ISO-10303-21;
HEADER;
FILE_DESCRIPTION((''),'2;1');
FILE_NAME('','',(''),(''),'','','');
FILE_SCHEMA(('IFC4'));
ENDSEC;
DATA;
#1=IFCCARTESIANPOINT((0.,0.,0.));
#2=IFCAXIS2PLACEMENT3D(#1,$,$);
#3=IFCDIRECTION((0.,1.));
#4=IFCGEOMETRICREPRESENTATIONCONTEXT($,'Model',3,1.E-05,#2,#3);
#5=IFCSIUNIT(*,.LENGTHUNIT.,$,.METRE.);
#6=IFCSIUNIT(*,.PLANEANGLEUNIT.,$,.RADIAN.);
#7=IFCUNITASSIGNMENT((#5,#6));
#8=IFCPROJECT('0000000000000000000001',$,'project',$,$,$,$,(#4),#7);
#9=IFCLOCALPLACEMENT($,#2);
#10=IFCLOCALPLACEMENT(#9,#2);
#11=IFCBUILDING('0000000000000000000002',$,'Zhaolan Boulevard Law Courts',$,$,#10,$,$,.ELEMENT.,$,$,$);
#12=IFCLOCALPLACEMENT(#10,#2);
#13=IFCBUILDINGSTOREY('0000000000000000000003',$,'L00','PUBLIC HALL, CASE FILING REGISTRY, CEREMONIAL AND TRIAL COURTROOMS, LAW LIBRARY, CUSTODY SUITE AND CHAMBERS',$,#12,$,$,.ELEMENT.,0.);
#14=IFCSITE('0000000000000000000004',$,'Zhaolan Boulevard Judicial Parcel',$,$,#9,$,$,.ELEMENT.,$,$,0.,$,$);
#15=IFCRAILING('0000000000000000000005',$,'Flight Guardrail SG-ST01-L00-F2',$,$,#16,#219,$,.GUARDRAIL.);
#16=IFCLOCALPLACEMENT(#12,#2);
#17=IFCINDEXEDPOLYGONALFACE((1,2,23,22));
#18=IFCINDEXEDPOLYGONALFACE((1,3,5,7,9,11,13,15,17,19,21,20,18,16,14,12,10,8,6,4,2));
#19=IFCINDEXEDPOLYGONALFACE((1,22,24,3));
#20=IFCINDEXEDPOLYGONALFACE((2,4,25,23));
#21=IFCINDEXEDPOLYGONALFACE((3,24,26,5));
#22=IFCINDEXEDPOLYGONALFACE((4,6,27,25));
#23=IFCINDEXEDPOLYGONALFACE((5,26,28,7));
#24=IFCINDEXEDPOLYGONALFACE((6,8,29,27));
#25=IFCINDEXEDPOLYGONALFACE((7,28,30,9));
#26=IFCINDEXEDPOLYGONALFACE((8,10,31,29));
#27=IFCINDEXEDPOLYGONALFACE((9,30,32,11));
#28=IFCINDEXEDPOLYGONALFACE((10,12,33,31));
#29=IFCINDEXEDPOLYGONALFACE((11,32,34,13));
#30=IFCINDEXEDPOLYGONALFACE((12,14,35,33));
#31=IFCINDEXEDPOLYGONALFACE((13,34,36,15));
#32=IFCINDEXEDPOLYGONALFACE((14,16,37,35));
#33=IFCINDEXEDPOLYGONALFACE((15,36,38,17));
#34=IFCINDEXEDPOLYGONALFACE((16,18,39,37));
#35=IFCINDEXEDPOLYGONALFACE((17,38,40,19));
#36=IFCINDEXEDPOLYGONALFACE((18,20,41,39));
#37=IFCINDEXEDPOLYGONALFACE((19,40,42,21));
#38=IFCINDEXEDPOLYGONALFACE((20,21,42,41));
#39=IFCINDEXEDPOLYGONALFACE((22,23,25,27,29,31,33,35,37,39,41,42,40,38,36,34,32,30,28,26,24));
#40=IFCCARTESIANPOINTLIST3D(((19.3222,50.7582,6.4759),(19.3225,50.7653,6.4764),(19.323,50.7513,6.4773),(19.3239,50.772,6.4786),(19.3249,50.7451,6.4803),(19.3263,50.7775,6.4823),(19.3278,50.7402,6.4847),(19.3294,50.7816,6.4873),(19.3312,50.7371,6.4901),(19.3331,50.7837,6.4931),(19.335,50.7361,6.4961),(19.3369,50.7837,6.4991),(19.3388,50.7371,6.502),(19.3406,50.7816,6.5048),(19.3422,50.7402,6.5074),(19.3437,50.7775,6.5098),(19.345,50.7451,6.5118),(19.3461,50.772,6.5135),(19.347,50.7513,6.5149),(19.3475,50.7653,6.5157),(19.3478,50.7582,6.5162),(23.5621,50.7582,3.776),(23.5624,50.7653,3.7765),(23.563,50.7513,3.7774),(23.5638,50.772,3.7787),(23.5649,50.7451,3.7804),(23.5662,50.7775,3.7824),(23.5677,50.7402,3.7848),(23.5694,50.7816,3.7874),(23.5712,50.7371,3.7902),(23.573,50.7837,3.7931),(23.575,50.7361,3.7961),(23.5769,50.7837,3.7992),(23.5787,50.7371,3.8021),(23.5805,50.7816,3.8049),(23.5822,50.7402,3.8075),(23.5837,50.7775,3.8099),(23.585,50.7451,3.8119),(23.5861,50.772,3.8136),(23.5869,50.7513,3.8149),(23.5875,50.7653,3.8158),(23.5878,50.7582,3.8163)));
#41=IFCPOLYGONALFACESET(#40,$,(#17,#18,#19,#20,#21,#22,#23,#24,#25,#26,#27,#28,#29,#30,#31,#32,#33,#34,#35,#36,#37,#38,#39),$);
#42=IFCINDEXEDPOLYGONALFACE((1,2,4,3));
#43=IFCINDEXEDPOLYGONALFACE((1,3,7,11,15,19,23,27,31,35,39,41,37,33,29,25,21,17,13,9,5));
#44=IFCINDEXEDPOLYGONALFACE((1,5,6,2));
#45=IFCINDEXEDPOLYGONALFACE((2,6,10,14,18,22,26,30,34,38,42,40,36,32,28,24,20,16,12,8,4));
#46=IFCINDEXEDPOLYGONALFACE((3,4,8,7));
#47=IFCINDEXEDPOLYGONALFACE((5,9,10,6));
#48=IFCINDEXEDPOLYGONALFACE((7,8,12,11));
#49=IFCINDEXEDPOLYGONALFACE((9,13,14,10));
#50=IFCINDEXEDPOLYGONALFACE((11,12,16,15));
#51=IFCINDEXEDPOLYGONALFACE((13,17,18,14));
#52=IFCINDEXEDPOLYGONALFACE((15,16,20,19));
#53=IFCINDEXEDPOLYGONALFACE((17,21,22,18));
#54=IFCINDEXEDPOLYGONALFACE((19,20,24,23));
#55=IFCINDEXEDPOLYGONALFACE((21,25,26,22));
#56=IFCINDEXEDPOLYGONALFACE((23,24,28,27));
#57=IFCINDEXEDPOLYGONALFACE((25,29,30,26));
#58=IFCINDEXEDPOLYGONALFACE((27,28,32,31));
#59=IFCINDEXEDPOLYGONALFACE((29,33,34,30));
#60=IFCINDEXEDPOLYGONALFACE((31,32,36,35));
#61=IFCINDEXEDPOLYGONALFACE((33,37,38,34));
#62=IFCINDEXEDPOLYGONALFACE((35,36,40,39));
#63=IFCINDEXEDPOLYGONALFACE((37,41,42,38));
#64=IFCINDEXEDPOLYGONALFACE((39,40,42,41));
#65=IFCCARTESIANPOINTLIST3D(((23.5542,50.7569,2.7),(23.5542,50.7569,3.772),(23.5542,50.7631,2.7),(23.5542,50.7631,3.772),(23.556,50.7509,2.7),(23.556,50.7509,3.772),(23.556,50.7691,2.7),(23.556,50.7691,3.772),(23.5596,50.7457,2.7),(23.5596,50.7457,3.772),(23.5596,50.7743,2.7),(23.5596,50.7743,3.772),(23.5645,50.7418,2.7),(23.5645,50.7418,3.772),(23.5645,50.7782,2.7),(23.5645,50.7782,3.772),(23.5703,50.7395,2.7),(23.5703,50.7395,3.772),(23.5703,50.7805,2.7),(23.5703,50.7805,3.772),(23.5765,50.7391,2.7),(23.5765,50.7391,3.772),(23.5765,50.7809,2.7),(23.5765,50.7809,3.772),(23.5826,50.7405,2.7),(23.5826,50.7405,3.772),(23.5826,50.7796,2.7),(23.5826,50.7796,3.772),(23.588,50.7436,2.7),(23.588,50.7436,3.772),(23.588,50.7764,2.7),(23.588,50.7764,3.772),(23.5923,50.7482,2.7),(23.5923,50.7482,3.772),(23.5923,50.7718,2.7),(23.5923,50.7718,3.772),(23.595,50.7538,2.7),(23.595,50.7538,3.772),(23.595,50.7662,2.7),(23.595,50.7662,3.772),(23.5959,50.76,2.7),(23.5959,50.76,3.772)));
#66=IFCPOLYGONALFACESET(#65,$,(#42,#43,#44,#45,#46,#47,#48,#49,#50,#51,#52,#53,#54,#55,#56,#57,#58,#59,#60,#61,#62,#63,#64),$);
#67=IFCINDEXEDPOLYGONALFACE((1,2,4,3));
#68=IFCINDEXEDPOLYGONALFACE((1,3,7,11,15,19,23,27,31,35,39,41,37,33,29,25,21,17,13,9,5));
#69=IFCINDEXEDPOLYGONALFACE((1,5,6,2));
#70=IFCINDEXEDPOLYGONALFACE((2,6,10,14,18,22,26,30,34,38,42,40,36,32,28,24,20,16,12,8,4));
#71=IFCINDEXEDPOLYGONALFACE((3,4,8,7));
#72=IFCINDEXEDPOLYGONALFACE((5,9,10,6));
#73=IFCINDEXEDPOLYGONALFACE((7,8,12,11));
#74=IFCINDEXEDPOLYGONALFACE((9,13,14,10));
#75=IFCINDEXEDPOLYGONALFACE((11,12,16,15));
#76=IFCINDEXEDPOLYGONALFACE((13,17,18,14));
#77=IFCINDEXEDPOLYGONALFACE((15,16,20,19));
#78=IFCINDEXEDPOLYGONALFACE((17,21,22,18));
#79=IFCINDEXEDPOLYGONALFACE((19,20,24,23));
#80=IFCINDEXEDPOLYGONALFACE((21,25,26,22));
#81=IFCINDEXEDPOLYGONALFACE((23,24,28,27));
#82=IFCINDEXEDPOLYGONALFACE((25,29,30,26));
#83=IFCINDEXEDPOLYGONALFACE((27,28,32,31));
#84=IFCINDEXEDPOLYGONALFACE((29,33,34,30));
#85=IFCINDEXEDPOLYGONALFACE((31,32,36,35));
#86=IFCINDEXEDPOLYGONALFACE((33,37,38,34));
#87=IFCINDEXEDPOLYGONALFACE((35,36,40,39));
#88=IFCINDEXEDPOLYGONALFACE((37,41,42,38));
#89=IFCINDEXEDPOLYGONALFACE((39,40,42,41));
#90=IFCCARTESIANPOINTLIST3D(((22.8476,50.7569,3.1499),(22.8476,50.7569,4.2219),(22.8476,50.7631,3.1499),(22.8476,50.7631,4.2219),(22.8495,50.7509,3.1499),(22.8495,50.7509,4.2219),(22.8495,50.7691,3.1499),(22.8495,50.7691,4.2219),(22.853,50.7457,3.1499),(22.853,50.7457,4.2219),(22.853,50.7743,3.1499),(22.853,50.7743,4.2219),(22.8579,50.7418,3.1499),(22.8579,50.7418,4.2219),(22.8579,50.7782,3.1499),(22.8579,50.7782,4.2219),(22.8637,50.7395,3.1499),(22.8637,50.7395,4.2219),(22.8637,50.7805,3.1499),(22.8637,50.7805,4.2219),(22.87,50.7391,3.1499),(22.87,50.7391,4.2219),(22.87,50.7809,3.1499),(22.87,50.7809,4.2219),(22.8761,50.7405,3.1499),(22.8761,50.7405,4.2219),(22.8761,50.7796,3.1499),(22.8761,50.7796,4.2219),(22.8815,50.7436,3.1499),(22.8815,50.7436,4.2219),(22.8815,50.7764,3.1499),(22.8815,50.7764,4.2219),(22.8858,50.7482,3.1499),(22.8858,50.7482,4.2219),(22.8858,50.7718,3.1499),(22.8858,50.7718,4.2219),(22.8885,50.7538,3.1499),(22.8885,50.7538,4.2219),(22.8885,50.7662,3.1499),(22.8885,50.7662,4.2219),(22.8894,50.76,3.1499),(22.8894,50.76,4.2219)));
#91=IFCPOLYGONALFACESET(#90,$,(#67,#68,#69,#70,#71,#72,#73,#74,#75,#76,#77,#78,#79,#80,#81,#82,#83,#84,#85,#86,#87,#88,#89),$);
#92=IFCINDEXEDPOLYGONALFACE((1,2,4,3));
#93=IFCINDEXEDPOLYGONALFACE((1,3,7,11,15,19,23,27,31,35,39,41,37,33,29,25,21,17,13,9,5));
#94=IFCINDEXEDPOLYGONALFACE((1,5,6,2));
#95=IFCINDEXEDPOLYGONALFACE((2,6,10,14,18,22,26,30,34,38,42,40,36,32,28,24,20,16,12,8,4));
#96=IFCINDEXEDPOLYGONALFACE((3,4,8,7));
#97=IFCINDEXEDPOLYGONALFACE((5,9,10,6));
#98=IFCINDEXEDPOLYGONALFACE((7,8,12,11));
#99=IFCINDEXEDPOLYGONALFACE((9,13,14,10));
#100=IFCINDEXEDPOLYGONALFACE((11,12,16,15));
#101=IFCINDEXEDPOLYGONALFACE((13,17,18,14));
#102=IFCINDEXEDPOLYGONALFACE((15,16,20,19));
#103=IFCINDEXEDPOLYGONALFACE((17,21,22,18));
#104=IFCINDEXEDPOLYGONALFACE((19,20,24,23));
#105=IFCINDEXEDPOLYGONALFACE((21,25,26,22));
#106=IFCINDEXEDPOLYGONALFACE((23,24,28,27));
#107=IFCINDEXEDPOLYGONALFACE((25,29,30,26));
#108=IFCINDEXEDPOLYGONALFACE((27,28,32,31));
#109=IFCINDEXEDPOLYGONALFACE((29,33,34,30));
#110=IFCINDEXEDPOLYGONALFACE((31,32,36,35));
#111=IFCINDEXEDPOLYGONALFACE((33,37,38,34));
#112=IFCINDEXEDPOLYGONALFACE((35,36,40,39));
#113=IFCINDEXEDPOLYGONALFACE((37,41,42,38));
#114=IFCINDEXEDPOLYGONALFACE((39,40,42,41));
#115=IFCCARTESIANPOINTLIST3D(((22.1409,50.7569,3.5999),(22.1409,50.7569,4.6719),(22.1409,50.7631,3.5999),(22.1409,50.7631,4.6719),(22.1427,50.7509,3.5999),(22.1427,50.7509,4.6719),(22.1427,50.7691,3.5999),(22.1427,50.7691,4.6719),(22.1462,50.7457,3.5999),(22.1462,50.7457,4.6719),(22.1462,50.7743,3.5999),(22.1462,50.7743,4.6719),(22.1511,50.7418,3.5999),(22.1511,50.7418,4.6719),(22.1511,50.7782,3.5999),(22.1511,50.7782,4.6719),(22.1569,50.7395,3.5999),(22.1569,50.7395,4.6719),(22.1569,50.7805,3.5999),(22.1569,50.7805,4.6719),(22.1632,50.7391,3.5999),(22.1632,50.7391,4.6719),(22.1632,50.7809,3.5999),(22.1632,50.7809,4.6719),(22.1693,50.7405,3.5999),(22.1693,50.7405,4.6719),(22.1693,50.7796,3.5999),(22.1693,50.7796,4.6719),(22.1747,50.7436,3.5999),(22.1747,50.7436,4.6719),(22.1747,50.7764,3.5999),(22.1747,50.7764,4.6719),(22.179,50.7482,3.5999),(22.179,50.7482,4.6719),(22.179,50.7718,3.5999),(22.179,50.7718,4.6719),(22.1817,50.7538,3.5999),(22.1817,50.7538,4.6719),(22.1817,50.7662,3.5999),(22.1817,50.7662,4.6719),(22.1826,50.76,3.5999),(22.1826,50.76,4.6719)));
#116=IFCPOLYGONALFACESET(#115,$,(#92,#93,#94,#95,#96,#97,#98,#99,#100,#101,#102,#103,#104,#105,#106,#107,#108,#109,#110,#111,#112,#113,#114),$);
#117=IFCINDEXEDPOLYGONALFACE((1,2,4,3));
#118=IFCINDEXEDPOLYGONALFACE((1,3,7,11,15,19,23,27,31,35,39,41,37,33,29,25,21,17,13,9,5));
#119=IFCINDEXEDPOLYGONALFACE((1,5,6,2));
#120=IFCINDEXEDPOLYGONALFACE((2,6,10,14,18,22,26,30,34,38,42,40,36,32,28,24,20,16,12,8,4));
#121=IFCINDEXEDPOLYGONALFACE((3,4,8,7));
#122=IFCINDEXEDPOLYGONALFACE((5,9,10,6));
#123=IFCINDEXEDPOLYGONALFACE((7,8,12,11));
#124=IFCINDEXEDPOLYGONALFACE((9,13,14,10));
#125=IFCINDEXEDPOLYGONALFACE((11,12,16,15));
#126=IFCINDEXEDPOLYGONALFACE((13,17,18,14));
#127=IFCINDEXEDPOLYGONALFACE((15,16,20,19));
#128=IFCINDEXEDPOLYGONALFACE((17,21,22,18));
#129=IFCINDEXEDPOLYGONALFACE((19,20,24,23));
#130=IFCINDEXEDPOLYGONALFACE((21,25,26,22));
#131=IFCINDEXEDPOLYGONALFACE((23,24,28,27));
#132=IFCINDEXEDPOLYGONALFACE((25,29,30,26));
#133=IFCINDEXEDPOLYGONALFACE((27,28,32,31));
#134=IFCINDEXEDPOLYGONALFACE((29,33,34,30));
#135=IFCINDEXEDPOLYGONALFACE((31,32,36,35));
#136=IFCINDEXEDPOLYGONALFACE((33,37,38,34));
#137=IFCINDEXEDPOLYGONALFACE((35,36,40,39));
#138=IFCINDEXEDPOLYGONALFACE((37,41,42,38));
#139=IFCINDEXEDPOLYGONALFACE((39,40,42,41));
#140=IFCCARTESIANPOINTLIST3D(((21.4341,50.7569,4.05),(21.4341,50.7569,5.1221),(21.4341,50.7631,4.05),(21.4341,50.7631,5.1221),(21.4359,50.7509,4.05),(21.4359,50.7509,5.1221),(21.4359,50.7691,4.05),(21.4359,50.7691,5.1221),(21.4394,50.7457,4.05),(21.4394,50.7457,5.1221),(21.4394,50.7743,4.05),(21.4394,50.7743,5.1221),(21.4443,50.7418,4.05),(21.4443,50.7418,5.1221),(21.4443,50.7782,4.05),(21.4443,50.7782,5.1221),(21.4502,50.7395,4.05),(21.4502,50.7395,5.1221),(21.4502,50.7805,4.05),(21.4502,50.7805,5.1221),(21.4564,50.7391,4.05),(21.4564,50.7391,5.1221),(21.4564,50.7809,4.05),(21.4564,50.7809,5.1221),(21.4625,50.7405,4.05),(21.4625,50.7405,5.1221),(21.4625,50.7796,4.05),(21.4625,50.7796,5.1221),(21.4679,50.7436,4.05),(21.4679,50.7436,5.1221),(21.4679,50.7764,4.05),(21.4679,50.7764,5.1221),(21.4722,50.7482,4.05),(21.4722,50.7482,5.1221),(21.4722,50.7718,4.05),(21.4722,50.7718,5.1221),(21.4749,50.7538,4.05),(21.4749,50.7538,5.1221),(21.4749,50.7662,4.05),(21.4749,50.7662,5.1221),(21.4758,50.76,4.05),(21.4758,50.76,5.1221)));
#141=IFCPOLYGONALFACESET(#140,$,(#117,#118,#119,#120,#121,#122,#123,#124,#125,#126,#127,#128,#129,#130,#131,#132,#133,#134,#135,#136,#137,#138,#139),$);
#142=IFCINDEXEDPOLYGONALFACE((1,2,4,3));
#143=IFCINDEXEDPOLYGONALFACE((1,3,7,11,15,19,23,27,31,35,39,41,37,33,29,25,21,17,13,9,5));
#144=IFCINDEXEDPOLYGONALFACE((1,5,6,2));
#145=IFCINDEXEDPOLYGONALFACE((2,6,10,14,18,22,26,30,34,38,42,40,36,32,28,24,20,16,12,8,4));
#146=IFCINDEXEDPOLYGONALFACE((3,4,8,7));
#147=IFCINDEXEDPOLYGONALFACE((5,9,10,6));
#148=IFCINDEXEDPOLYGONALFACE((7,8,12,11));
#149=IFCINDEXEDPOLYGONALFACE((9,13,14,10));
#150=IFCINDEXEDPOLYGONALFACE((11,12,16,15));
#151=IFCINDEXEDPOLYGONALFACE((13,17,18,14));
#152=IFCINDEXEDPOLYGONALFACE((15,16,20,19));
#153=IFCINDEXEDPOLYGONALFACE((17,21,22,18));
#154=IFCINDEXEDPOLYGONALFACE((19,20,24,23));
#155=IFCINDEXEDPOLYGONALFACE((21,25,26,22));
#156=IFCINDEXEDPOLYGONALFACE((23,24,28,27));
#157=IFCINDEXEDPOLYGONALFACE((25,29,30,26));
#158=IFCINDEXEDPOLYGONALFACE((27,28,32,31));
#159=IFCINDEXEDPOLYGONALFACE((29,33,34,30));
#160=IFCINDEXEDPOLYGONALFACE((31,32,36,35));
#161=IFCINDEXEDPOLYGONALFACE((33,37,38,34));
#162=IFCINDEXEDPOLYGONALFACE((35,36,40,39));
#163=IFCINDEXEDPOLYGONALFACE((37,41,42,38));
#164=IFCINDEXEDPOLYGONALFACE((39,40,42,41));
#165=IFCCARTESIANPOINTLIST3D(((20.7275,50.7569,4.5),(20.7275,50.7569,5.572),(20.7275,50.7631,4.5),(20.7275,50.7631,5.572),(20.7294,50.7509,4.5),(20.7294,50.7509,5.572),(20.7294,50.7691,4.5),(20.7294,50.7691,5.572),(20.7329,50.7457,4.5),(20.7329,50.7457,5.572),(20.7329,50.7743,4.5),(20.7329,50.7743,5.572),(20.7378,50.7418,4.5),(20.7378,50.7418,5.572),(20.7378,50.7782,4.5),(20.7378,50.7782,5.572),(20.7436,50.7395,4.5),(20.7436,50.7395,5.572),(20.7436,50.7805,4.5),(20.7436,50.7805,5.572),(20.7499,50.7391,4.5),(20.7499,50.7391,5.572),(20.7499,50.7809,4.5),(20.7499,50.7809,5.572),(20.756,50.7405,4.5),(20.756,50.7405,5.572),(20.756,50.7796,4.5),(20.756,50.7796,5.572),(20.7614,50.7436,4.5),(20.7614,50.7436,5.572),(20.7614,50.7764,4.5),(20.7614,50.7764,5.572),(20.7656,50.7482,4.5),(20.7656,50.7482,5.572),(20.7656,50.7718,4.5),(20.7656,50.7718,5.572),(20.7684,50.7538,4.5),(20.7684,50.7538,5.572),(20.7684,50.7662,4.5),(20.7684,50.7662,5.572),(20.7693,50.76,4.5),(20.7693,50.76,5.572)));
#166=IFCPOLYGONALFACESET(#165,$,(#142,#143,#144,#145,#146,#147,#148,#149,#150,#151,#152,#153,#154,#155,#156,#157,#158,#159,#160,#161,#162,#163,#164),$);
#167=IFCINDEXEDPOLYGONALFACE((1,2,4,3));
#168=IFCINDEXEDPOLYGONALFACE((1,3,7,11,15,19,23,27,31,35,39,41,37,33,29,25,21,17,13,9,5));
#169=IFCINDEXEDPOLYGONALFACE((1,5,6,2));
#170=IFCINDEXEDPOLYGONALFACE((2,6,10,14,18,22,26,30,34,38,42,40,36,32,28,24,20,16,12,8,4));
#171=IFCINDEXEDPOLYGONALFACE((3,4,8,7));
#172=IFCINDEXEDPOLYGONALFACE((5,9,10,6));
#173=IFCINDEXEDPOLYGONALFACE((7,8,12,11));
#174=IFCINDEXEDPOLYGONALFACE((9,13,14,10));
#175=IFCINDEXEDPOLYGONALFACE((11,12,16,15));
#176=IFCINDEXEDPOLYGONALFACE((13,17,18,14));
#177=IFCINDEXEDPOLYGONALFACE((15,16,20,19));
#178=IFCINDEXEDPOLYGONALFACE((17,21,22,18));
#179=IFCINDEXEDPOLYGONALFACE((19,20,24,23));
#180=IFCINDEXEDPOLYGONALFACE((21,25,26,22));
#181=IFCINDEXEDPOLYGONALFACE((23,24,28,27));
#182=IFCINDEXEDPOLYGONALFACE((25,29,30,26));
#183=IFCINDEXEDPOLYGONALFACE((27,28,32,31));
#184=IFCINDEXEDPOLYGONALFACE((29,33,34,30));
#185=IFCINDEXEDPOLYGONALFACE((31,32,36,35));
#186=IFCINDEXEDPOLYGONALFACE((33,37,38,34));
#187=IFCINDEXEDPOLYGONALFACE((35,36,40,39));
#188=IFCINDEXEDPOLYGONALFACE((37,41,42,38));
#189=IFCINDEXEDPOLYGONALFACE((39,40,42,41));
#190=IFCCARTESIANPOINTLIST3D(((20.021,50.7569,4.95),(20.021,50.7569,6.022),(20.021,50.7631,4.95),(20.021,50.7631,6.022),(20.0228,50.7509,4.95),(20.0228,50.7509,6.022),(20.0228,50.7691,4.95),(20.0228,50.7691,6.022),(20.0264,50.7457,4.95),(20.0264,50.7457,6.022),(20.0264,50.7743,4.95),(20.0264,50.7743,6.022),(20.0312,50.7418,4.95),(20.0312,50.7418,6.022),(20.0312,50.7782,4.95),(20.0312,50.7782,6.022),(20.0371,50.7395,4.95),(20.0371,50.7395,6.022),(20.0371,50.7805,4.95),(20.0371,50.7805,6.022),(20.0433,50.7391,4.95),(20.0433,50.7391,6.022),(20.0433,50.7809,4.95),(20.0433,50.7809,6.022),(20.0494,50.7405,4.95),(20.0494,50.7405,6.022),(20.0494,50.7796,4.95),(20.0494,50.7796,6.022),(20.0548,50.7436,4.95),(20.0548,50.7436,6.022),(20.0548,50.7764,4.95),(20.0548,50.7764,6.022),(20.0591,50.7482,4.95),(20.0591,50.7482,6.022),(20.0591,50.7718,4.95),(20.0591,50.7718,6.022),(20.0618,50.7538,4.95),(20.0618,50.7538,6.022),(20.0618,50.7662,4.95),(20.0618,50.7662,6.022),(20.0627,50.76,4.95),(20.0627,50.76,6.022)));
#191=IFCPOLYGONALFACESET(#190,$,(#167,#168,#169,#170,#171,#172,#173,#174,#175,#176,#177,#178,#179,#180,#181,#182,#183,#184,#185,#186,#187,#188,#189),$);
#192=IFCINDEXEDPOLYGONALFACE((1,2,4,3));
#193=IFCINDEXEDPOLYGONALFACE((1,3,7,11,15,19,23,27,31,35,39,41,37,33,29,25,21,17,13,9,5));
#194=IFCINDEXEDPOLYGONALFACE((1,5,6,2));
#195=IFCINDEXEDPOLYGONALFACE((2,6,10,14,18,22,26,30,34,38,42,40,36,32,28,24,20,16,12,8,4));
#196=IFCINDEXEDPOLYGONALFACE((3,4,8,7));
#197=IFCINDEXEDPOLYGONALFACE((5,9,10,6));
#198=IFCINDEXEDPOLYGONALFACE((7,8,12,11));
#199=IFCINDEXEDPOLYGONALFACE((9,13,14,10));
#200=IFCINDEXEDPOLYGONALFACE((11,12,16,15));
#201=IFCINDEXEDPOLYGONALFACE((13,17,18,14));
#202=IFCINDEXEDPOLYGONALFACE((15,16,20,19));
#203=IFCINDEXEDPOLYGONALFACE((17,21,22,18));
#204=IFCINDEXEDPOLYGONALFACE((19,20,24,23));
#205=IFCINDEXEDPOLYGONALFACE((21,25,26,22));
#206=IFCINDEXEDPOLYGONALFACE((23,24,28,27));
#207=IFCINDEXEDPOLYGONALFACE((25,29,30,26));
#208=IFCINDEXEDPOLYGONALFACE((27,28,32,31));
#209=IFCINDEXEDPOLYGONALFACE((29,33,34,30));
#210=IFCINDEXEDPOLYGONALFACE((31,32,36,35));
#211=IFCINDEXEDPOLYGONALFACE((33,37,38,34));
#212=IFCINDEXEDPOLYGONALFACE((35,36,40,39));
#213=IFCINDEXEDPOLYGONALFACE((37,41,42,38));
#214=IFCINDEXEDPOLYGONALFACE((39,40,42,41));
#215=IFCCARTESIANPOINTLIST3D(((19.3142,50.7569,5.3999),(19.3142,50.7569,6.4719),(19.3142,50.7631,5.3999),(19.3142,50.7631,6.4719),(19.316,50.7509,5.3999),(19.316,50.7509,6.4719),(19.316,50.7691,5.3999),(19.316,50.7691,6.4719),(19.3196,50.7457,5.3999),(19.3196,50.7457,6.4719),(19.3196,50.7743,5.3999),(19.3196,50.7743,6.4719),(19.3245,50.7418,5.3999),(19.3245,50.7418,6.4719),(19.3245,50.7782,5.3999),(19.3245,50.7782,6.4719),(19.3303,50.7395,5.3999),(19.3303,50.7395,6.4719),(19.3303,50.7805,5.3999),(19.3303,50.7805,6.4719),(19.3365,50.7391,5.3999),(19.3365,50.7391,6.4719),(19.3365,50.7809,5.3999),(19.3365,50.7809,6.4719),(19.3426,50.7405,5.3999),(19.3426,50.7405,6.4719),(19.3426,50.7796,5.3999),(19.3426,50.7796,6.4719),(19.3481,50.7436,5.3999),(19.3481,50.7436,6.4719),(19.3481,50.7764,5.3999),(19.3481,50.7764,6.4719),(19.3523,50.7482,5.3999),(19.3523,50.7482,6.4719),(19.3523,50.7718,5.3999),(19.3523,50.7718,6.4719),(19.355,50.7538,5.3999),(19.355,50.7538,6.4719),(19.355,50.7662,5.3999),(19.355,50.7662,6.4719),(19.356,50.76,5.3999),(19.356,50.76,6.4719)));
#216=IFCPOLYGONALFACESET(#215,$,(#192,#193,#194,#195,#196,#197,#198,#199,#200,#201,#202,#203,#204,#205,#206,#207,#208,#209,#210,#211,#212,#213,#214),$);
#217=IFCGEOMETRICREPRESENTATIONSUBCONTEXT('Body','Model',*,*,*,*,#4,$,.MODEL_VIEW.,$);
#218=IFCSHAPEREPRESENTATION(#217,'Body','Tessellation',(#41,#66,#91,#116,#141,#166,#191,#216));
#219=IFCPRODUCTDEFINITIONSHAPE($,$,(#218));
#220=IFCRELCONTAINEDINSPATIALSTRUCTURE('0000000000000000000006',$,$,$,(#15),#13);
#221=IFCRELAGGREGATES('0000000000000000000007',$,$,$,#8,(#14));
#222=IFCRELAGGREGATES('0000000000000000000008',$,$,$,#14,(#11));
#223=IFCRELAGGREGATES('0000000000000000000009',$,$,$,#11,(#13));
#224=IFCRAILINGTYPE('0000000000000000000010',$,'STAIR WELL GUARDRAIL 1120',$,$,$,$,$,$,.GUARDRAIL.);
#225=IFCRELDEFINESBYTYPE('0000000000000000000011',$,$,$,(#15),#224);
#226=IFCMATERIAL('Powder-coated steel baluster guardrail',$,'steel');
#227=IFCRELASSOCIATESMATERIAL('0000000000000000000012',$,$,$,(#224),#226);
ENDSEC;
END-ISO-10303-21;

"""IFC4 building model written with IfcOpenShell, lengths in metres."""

from ifc_helpers import new_model, si_unit, direction, frame, origin, origin_2d, place, context, subcontext, project, spatial, circle, extrude, material, type_object, element, save


model = new_model("IFC4")

# Units and contexts
model_context = context("Model", 3, precision=1e-05, world=origin(), true_north=direction((0.0, 1.0)))
body_context = subcontext(model_context, "Body", "Model", "MODEL_VIEW")
ifc_project = project(units=[si_unit("LENGTHUNIT", "METRE"), si_unit("PLANEANGLEUNIT", "RADIAN")], contexts=[model_context])

# Site, building, storey
site_placement = place(None, origin())
site = spatial("IfcSite", under=ifc_project, at=site_placement, Name="Zhaolan Boulevard Judicial Parcel", CompositionType="ELEMENT", RefElevation=0.0)
building_placement = place(site_placement, origin())
building = spatial("IfcBuilding", under=site, at=building_placement, Name="Zhaolan Boulevard Law Courts", CompositionType="ELEMENT")
storey_placement = place(building_placement, origin())
storey = spatial("IfcBuildingStorey", under=building, at=storey_placement, Name="L00", Description="PUBLIC HALL, CASE FILING REGISTRY, CEREMONIAL AND TRIAL COURTROOMS, LAW LIBRARY, CUSTODY SUITE AND CHAMBERS", CompositionType="ELEMENT", Elevation=0.0)

# Railing
ifc_material_1 = material(Name="Powder-coated steel baluster guardrail", Category="steel")
railing_type_1 = type_object("IfcRailingType", Name="STAIR WELL GUARDRAIL 1120", PredefinedType="GUARDRAIL", material=ifc_material_1)
railing_1_placement = place(storey_placement, frame((23.575, 50.76, 2.7)))
element("IfcRailing", 1, at=railing_1_placement, inside=storey, type_object=railing_type_1, Name="Flight Guardrail SG-ST01-L00-F2", PredefinedType="GUARDRAIL", context=body_context, shape_type="SweptSolid", body=[
    extrude(circle(Radius=0.0239, at=origin_2d()), frame((0.0, 0.0, 1.0962), z_axis=(-0.843501, 0.0, 0.537127), x_axis=(0.0, -1.0, 0.0)), (0.0, 0.0, 1.0), 5.0266),
    extrude(circle(Radius=0.021, at=origin_2d()), origin(), (0.0, 0.0, 1.0), 1.072),
    extrude(circle(Radius=0.021, at=origin_2d()), frame((-0.7065, 0.0, 0.45)), (0.0, 0.0, 1.0), 1.072),
    extrude(circle(Radius=0.021, at=origin_2d()), frame((-1.4133, 0.0, 0.8999)), (0.0, 0.0, 1.0), 1.072),
    extrude(circle(Radius=0.021, at=origin_2d()), frame((-2.1201, 0.0, 1.3501)), (0.0, 0.0, 1.0), 1.072),
    extrude(circle(Radius=0.021, at=origin_2d()), frame((-2.8267, 0.0, 1.8)), (0.0, 0.0, 1.0), 1.072),
    extrude(circle(Radius=0.021, at=origin_2d()), frame((-3.5332, 0.0, 2.25)), (0.0, 0.0, 1.0), 1.072),
    extrude(circle(Radius=0.021, at=origin_2d()), frame((-4.24, 0.0, 2.7)), (0.0, 0.0, 1.0), 1.072),
])

save(model, "model.ifc")
